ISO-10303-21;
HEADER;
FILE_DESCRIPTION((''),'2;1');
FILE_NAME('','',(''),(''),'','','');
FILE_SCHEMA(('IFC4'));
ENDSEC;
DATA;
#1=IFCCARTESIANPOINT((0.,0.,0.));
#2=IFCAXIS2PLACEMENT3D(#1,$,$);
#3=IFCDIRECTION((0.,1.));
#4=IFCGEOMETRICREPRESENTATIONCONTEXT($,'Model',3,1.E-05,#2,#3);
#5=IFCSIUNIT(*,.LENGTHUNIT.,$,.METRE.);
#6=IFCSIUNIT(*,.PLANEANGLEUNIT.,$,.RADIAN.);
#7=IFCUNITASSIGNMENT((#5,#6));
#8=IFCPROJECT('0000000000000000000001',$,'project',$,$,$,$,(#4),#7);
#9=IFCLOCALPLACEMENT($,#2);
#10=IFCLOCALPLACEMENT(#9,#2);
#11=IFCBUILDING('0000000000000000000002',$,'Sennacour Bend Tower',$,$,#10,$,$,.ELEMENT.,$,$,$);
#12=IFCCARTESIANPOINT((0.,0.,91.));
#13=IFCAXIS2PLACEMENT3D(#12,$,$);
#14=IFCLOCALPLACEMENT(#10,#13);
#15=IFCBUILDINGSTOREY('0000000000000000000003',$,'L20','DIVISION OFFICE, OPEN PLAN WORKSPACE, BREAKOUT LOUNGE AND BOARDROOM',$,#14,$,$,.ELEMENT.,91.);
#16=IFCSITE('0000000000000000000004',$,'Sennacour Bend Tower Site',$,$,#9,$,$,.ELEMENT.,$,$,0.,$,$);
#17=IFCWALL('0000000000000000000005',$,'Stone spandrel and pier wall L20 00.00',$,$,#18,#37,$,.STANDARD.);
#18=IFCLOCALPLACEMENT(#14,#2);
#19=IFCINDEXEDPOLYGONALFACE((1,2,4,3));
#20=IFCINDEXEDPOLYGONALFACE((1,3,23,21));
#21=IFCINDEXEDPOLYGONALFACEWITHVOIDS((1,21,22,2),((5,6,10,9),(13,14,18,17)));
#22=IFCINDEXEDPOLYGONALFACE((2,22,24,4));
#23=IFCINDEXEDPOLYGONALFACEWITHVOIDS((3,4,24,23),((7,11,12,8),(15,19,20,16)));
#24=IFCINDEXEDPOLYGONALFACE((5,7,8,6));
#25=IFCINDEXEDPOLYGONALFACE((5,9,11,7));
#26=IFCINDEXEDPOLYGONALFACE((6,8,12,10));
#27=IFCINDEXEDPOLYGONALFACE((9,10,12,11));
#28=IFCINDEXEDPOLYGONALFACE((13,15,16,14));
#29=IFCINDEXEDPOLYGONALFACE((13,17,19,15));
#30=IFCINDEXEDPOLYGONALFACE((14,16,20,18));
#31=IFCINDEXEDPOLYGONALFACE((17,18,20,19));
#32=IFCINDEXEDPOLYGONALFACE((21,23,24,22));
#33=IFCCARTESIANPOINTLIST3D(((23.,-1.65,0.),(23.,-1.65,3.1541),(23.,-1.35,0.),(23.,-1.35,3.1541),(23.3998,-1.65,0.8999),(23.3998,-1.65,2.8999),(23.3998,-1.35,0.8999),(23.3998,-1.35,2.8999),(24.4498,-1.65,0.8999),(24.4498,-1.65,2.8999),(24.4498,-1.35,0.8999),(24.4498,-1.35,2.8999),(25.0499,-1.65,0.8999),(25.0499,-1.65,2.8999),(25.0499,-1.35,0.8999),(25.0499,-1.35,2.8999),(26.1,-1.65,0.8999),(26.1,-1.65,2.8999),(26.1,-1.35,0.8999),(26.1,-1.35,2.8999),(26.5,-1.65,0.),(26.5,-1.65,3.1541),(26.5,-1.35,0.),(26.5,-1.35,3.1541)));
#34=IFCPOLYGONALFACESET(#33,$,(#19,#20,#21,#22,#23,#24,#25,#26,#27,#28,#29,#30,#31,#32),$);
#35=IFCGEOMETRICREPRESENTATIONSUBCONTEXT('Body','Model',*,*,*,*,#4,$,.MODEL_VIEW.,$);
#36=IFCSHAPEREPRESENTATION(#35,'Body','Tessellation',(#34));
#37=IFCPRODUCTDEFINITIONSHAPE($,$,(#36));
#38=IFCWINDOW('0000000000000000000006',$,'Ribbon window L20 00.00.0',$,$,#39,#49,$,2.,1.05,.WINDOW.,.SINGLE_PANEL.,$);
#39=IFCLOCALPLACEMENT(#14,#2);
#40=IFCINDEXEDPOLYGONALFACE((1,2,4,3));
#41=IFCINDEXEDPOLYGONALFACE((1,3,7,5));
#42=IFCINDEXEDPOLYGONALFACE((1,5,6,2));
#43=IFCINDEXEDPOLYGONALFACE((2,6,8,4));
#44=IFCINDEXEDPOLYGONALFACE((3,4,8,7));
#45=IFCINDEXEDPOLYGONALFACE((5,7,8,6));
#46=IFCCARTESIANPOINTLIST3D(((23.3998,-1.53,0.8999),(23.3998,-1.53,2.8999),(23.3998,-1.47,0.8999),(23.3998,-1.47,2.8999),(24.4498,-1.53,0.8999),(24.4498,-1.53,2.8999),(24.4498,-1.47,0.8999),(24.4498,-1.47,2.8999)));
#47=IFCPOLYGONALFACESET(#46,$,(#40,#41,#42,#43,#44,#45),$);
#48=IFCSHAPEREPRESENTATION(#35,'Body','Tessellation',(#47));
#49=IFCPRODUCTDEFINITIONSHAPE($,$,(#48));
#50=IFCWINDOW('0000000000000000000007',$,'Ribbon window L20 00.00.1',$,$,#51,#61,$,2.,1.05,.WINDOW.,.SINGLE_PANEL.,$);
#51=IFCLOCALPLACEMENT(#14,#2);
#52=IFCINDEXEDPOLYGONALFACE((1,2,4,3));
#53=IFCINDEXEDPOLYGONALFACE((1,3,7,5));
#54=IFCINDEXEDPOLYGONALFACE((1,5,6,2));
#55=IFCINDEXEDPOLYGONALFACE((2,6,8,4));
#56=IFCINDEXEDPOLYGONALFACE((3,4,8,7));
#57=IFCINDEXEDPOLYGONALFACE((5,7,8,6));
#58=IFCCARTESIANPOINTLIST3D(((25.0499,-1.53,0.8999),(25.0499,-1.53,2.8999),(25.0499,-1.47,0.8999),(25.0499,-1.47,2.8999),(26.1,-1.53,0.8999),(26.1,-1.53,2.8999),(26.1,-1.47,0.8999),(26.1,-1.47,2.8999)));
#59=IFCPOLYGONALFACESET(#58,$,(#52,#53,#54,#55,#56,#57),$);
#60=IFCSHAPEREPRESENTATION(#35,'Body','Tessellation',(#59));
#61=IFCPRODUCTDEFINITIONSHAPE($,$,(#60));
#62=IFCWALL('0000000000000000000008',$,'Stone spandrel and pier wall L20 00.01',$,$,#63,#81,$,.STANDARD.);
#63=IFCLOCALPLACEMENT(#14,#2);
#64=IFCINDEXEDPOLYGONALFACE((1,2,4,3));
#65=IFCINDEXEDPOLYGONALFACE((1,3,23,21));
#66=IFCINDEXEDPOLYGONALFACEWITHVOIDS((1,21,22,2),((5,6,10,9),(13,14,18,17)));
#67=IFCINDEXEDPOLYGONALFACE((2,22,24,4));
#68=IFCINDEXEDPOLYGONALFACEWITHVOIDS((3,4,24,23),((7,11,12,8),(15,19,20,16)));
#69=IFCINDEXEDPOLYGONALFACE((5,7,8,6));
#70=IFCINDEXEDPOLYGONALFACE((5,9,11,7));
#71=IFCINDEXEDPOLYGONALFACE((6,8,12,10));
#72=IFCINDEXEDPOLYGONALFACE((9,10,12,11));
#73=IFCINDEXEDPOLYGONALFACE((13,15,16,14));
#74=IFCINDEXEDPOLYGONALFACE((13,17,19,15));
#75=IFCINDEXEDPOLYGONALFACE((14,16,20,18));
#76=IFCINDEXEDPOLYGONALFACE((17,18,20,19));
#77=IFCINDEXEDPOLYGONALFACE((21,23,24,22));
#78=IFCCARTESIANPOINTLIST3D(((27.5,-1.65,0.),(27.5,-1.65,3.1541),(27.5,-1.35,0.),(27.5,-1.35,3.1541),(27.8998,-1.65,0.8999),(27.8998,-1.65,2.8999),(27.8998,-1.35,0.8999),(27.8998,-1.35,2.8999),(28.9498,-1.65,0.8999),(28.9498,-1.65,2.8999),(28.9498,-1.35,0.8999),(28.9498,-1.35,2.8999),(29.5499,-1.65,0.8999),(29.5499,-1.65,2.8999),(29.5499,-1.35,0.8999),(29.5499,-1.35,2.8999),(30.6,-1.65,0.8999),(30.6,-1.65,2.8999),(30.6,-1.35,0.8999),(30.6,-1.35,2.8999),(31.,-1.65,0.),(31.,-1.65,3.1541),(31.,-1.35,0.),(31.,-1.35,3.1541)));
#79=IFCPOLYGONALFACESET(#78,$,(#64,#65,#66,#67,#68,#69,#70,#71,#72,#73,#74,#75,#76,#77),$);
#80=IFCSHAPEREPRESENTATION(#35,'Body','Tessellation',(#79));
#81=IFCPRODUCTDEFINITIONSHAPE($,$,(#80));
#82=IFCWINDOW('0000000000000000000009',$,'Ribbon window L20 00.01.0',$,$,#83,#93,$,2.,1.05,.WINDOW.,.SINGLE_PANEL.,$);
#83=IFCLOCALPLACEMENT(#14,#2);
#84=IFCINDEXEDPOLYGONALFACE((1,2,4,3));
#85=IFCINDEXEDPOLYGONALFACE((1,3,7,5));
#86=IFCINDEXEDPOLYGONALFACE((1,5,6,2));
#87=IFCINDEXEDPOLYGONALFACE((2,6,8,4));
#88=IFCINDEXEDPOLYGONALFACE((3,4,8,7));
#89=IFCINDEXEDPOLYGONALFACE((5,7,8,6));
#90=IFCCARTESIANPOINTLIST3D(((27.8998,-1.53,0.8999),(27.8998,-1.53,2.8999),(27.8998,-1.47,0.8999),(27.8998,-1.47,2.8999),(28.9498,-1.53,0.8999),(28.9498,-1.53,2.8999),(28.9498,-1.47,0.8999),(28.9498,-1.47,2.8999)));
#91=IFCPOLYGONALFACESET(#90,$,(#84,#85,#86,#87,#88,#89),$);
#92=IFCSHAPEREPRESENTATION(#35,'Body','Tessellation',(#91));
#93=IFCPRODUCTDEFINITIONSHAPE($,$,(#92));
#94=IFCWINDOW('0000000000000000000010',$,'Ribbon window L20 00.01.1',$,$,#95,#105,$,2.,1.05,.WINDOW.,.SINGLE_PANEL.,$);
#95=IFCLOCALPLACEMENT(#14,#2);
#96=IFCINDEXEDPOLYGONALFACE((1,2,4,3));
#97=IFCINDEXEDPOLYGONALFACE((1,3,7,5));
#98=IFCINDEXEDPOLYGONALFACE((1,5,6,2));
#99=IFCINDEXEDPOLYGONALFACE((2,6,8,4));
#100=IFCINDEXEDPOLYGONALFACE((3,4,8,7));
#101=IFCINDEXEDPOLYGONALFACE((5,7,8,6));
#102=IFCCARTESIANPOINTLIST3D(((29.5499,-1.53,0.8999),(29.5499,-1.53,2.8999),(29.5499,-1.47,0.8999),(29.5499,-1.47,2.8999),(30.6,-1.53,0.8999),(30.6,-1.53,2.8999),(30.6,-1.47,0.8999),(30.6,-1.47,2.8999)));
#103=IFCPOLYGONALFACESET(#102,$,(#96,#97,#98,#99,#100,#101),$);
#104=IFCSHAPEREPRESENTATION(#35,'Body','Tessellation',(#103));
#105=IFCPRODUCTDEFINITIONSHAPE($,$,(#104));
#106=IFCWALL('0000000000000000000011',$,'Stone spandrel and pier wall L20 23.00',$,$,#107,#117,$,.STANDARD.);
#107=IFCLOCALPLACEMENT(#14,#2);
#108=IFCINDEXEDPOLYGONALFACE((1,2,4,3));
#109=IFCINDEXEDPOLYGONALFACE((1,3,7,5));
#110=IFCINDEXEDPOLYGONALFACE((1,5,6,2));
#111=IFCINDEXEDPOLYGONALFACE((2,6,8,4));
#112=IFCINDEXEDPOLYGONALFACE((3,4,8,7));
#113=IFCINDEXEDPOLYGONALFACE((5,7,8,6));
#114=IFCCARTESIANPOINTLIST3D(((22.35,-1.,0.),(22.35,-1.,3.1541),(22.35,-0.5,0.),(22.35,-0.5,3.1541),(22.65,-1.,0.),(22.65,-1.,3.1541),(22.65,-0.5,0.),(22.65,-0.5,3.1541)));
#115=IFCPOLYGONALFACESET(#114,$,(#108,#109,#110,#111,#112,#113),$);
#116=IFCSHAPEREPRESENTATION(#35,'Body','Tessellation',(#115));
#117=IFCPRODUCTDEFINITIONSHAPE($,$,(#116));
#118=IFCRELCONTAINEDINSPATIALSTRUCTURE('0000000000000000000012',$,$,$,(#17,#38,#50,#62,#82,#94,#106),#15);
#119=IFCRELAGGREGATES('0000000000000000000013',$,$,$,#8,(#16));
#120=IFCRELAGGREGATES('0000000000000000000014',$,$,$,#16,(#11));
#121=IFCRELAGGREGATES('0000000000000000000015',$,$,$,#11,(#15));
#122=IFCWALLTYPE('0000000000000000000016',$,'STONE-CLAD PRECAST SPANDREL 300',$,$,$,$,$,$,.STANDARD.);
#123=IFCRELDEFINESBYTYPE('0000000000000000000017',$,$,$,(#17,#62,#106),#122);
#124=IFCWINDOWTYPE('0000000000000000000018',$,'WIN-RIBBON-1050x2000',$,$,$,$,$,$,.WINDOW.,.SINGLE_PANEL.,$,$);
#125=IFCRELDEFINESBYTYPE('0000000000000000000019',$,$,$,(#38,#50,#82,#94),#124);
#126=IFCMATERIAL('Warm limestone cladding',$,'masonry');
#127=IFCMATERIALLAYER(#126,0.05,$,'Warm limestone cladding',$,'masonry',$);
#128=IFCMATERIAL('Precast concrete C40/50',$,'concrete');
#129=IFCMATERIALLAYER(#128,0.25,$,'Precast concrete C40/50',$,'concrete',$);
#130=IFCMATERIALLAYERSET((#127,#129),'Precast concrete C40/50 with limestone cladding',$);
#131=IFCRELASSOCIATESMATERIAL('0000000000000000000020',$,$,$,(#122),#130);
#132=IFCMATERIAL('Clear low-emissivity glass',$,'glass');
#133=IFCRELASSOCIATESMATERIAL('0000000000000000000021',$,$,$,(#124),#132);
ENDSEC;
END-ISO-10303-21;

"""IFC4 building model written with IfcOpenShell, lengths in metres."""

from ifc_helpers import new_model, si_unit, direction, frame, frame_2d, origin, place, context, subcontext, project, spatial, rectangle, extrude, material, layer, layer_set, type_object, element, fill, save


model = new_model("IFC4")

# Units and contexts
model_context = context("Model", 3, precision=1e-05, world=origin(), true_north=direction((0.0, 1.0)))
body_context = subcontext(model_context, "Body", "Model", "MODEL_VIEW")
ifc_project = project(units=[si_unit("LENGTHUNIT", "METRE"), si_unit("PLANEANGLEUNIT", "RADIAN")], contexts=[model_context])

# Site, building, storey
site_placement = place(None, origin())
site = spatial("IfcSite", under=ifc_project, at=site_placement, Name="Sennacour Bend Tower Site", CompositionType="ELEMENT", RefElevation=0.0)
building_placement = place(site_placement, origin())
building = spatial("IfcBuilding", under=site, at=building_placement, Name="Sennacour Bend Tower", CompositionType="ELEMENT")
storey_placement = place(building_placement, frame((0.0, 0.0, 91.0)))
storey = spatial("IfcBuildingStorey", under=building, at=storey_placement, Name="L20", Description="DIVISION OFFICE, OPEN PLAN WORKSPACE, BREAKOUT LOUNGE AND BOARDROOM", CompositionType="ELEMENT", Elevation=91.0)

# Walls, openings, windows
ifc_material_1 = material(Name="Warm limestone cladding", Category="masonry")
ifc_layer_1 = layer(ifc_material_1, 0.05, Name="Warm limestone cladding", Category="masonry")
ifc_material_2 = material(Name="Precast concrete C40/50", Category="concrete")
ifc_layer_2 = layer(ifc_material_2, 0.25, Name="Precast concrete C40/50", Category="concrete")
ifc_layer_set_1 = layer_set([ifc_layer_1, ifc_layer_2], Name="Precast concrete C40/50 with limestone cladding")
wall_type_1 = type_object("IfcWallType", Name="STONE-CLAD PRECAST SPANDREL 300", PredefinedType="STANDARD", material=ifc_layer_set_1)
wall_1_placement = place(storey_placement, frame((23.0, -1.5, 0.0), z_axis=(0.0, 0.0, 1.0), x_axis=(1.0, 0.0, 0.0)))
wall_1 = element("IfcWall", 1, at=wall_1_placement, inside=storey, type_object=wall_type_1, Name="Stone spandrel and pier wall L20 00.00", PredefinedType="STANDARD", context=body_context, shape_type="SweptSolid", body=[
    extrude(rectangle(XDim=3.5, YDim=0.3, at=frame_2d((1.75, 0.0))), origin(), (0.0, 0.0, 1.0), 3.1541),
])
opening_1_placement = place(wall_1_placement, frame((0.3999, 0.0, 0.8999)))
opening_1 = element("IfcOpeningElement", 2, at=opening_1_placement, cuts=wall_1, PredefinedType="OPENING", context=body_context, shape_type="SweptSolid", body=[
    extrude(rectangle(XDim=1.05, YDim=2.0, at=frame_2d((0.5249, 1.0))), frame((0.0, 0.1602, 0.0), z_axis=(0.0, -1.0, 0.0), x_axis=(1.0, 0.0, 0.0)), (0.0, 0.0, 1.0), 0.3201),
])
opening_2_placement = place(wall_1_placement, frame((2.05, 0.0, 0.8999)))
opening_2 = element("IfcOpeningElement", 3, at=opening_2_placement, cuts=wall_1, PredefinedType="OPENING", context=body_context, shape_type="SweptSolid", body=[
    extrude(rectangle(XDim=1.05, YDim=2.0, at=frame_2d((0.5249, 1.0))), frame((0.0, 0.1602, 0.0), z_axis=(0.0, -1.0, 0.0), x_axis=(1.0, 0.0, 0.0)), (0.0, 0.0, 1.0), 0.3201),
])
ifc_material_3 = material(Name="Clear low-emissivity glass", Category="glass")
window_type = type_object("IfcWindowType", Name="WIN-RIBBON-1050x2000", PartitioningType="SINGLE_PANEL", PredefinedType="WINDOW", material=ifc_material_3)
window_1_placement = place(opening_1_placement, origin())
window_1 = element("IfcWindow", 4, at=window_1_placement, inside=storey, type_object=window_type, Name="Ribbon window L20 00.00.0", OverallHeight=2.0, OverallWidth=1.05, PartitioningType="SINGLE_PANEL", PredefinedType="WINDOW", context=body_context, shape_type="SweptSolid", body=[
    extrude(rectangle(XDim=1.05, YDim=2.0, at=frame_2d((0.5249, 1.0))), frame((0.0, 0.03, 0.0), z_axis=(0.0, -1.0, 0.0), x_axis=(1.0, 0.0, 0.0)), (0.0, 0.0, 1.0), 0.0601),
])
fill(opening_1, window_1)
window_2_placement = place(opening_2_placement, origin())
window_2 = element("IfcWindow", 5, at=window_2_placement, inside=storey, type_object=window_type, Name="Ribbon window L20 00.00.1", OverallHeight=2.0, OverallWidth=1.05, PartitioningType="SINGLE_PANEL", PredefinedType="WINDOW", context=body_context, shape_type="SweptSolid", body=[
    extrude(rectangle(XDim=1.05, YDim=2.0, at=frame_2d((0.5249, 1.0))), frame((0.0, 0.03, 0.0), z_axis=(0.0, -1.0, 0.0), x_axis=(1.0, 0.0, 0.0)), (0.0, 0.0, 1.0), 0.0601),
])
fill(opening_2, window_2)
wall_2_placement = place(storey_placement, frame((27.5, -1.5, 0.0), z_axis=(0.0, 0.0, 1.0), x_axis=(1.0, 0.0, 0.0)))
wall_2 = element("IfcWall", 6, at=wall_2_placement, inside=storey, type_object=wall_type_1, Name="Stone spandrel and pier wall L20 00.01", PredefinedType="STANDARD", context=body_context, shape_type="SweptSolid", body=[
    extrude(rectangle(XDim=3.5, YDim=0.3, at=frame_2d((1.75, 0.0))), origin(), (0.0, 0.0, 1.0), 3.1541),
])
opening_3_placement = place(wall_2_placement, frame((0.3999, 0.0, 0.8999)))
opening_3 = element("IfcOpeningElement", 7, at=opening_3_placement, cuts=wall_2, PredefinedType="OPENING", context=body_context, shape_type="SweptSolid", body=[
    extrude(rectangle(XDim=1.05, YDim=2.0, at=frame_2d((0.5249, 1.0))), frame((0.0, 0.1602, 0.0), z_axis=(0.0, -1.0, 0.0), x_axis=(1.0, 0.0, 0.0)), (0.0, 0.0, 1.0), 0.3201),
])
opening_4_placement = place(wall_2_placement, frame((2.05, 0.0, 0.8999)))
opening_4 = element("IfcOpeningElement", 8, at=opening_4_placement, cuts=wall_2, PredefinedType="OPENING", context=body_context, shape_type="SweptSolid", body=[
    extrude(rectangle(XDim=1.05, YDim=2.0, at=frame_2d((0.5249, 1.0))), frame((0.0, 0.1602, 0.0), z_axis=(0.0, -1.0, 0.0), x_axis=(1.0, 0.0, 0.0)), (0.0, 0.0, 1.0), 0.3201),
])
window_3_placement = place(opening_3_placement, origin())
window_3 = element("IfcWindow", 9, at=window_3_placement, inside=storey, type_object=window_type, Name="Ribbon window L20 00.01.0", OverallHeight=2.0, OverallWidth=1.05, PartitioningType="SINGLE_PANEL", PredefinedType="WINDOW", context=body_context, shape_type="SweptSolid", body=[
    extrude(rectangle(XDim=1.05, YDim=2.0, at=frame_2d((0.5249, 1.0))), frame((0.0, 0.03, 0.0), z_axis=(0.0, -1.0, 0.0), x_axis=(1.0, 0.0, 0.0)), (0.0, 0.0, 1.0), 0.0601),
])
fill(opening_3, window_3)
window_4_placement = place(opening_4_placement, origin())
window_4 = element("IfcWindow", 10, at=window_4_placement, inside=storey, type_object=window_type, Name="Ribbon window L20 00.01.1", OverallHeight=2.0, OverallWidth=1.05, PartitioningType="SINGLE_PANEL", PredefinedType="WINDOW", context=body_context, shape_type="SweptSolid", body=[
    extrude(rectangle(XDim=1.05, YDim=2.0, at=frame_2d((0.5249, 1.0))), frame((0.0, 0.03, 0.0), z_axis=(0.0, -1.0, 0.0), x_axis=(1.0, 0.0, 0.0)), (0.0, 0.0, 1.0), 0.0601),
])
fill(opening_4, window_4)

# Wall
wall_3_placement = place(storey_placement, frame((22.5, -0.5, 0.0), z_axis=(0.0, 0.0, 1.0), x_axis=(0.0, -1.0, 0.0)))
element("IfcWall", 11, at=wall_3_placement, inside=storey, type_object=wall_type_1, Name="Stone spandrel and pier wall L20 23.00", PredefinedType="STANDARD", context=body_context, shape_type="SweptSolid", body=[
    extrude(rectangle(XDim=0.5, YDim=0.3, at=frame_2d((0.25, 0.0))), origin(), (0.0, 0.0, 1.0), 3.1541),
])

save(model, "model.ifc")
